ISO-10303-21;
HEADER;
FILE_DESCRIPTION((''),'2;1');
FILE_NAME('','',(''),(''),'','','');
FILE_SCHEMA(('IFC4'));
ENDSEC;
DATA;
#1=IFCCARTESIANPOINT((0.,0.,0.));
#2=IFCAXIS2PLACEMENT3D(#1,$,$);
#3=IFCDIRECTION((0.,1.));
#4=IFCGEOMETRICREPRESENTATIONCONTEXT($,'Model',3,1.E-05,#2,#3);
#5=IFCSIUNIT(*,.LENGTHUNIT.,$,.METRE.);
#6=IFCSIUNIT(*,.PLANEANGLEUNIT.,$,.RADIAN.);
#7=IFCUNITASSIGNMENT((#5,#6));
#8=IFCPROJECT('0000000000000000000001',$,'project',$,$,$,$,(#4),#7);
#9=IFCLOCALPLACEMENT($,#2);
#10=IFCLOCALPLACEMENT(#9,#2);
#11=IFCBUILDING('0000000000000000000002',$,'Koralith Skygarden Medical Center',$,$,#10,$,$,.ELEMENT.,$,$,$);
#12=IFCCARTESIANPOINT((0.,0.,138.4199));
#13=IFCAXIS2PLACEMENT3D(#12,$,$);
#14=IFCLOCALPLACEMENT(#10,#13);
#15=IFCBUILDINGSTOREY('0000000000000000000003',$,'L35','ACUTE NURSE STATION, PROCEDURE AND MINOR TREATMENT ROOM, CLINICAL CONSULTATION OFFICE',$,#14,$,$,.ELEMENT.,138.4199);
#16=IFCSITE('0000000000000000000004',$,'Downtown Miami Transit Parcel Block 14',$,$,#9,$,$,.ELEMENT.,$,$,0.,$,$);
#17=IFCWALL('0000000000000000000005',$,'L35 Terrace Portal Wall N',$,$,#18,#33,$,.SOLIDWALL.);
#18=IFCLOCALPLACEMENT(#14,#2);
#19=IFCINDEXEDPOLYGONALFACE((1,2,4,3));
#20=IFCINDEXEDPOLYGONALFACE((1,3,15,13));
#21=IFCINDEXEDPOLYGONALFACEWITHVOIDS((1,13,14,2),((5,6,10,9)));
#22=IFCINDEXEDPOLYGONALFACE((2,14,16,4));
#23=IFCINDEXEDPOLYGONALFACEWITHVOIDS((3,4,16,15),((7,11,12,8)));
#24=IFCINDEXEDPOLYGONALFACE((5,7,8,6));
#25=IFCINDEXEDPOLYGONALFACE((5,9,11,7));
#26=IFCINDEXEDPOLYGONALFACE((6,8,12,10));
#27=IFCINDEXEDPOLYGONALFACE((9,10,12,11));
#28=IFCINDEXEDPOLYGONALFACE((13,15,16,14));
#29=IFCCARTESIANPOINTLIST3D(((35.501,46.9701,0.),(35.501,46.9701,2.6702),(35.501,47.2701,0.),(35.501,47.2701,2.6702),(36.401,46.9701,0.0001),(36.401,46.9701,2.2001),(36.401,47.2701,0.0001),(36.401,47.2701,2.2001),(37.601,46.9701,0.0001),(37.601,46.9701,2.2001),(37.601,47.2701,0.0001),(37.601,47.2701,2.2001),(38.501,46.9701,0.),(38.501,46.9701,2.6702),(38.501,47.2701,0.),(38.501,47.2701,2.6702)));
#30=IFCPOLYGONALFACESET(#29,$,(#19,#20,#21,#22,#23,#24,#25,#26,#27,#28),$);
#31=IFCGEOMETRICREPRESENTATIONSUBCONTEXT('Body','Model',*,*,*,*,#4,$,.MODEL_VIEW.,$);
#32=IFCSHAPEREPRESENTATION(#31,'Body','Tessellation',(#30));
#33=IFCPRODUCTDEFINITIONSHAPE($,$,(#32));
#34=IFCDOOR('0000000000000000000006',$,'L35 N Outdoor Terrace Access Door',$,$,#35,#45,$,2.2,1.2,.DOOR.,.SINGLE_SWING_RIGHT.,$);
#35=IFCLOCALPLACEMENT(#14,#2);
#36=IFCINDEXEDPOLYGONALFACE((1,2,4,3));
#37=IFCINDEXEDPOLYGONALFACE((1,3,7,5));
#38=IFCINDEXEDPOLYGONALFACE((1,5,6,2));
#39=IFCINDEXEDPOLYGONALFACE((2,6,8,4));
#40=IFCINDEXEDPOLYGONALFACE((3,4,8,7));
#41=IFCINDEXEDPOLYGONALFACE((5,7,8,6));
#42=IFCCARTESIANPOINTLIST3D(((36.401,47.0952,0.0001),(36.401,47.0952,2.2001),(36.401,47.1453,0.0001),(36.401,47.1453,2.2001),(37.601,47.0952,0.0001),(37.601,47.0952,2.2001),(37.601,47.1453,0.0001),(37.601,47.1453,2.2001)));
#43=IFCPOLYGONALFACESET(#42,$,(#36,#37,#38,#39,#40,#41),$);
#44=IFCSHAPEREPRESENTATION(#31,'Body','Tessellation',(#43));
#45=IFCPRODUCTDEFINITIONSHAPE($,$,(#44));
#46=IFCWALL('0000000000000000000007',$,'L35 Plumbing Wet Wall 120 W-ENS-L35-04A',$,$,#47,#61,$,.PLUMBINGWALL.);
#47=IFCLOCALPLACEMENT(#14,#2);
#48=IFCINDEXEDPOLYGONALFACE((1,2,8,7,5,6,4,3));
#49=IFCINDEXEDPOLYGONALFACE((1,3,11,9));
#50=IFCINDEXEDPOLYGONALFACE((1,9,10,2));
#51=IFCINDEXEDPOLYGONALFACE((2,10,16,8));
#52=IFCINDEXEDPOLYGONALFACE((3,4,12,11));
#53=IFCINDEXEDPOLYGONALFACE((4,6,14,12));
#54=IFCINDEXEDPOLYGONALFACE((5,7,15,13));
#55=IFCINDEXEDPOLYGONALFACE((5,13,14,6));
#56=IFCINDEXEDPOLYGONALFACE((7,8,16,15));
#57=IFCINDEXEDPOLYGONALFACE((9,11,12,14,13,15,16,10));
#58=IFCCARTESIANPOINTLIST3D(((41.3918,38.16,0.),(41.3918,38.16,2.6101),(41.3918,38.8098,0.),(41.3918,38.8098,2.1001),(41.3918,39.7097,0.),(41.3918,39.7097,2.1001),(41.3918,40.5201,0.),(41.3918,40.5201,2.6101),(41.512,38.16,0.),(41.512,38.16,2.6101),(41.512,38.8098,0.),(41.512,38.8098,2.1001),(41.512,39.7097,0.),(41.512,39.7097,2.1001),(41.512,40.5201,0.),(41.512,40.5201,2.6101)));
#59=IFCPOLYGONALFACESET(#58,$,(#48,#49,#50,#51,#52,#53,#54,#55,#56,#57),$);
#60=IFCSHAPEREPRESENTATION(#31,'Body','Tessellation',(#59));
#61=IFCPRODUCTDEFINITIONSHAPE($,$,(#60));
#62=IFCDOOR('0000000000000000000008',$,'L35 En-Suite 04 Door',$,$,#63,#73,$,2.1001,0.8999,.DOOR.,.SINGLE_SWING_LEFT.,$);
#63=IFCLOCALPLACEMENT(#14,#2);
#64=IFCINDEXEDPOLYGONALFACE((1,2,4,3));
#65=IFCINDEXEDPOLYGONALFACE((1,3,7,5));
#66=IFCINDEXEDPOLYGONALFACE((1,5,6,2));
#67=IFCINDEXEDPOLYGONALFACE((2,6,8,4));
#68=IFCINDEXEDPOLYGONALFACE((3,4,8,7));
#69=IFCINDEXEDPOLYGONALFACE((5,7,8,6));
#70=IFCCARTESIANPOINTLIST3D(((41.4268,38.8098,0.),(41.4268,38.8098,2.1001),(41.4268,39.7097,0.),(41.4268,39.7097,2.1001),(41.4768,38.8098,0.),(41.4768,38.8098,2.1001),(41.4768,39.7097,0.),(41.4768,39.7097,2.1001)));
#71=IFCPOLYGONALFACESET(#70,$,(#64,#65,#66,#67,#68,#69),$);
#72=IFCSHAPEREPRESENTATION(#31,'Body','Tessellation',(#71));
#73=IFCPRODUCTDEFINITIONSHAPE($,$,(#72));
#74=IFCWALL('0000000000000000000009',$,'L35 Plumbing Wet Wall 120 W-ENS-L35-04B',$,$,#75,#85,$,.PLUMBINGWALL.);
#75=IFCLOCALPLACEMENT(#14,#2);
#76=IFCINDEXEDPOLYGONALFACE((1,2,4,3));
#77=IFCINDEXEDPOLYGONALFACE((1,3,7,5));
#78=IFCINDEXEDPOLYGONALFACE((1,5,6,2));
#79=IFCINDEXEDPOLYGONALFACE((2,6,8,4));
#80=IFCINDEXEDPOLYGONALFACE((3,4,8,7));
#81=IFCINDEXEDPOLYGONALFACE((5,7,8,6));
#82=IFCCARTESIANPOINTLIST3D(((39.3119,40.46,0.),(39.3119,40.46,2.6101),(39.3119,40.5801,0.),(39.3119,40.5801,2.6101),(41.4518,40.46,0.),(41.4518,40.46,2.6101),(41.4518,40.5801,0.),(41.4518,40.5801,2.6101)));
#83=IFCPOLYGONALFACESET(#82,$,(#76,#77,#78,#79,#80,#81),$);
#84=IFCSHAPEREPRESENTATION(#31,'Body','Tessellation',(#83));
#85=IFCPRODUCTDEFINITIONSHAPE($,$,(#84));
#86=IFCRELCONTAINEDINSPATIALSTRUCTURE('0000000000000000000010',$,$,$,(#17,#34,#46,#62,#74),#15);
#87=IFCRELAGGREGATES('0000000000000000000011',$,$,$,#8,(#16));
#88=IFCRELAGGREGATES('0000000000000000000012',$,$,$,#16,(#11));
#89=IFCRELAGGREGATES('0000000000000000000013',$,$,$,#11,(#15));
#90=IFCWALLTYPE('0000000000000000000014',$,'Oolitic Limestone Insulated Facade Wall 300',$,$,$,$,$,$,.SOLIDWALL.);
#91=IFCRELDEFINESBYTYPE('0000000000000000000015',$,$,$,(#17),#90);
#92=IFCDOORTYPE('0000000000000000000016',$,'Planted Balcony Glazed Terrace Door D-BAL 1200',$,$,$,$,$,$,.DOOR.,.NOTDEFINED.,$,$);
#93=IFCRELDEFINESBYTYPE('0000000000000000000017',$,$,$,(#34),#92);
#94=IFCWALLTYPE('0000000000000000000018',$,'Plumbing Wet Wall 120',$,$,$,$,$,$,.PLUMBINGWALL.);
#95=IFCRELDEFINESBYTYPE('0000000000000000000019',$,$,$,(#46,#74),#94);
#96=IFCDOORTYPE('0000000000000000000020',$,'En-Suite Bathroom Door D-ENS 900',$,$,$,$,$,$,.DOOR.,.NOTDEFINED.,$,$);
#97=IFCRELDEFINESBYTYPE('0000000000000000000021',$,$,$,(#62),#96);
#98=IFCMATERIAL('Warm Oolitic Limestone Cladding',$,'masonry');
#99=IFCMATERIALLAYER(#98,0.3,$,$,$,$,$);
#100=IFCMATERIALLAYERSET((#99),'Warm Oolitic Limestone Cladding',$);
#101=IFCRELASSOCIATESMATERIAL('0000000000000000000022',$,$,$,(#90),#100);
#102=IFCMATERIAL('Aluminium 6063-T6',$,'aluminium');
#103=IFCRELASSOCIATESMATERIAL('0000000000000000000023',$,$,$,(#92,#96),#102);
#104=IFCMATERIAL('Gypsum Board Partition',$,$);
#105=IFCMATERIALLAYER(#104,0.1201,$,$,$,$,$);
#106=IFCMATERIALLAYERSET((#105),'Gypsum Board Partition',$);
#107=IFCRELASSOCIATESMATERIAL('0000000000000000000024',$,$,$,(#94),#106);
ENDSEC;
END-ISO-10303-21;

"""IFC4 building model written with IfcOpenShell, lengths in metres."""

from ifc_helpers import new_model, si_unit, direction, frame, frame_2d, origin, place, context, subcontext, project, spatial, rectangle, extrude, material, layer, layer_set, type_object, element, fill, save


model = new_model("IFC4")

# Units and contexts
model_context = context("Model", 3, precision=1e-05, world=origin(), true_north=direction((0.0, 1.0)))
body_context = subcontext(model_context, "Body", "Model", "MODEL_VIEW")
ifc_project = project(units=[si_unit("LENGTHUNIT", "METRE"), si_unit("PLANEANGLEUNIT", "RADIAN")], contexts=[model_context])

# Site, building, storey
site_placement = place(None, origin())
site = spatial("IfcSite", under=ifc_project, at=site_placement, Name="Downtown Miami Transit Parcel Block 14", CompositionType="ELEMENT", RefElevation=0.0)
building_placement = place(site_placement, origin())
building = spatial("IfcBuilding", under=site, at=building_placement, Name="Koralith Skygarden Medical Center", CompositionType="ELEMENT")
storey_placement = place(building_placement, frame((0.0, 0.0, 138.4199)))
storey = spatial("IfcBuildingStorey", under=building, at=storey_placement, Name="L35", Description="ACUTE NURSE STATION, PROCEDURE AND MINOR TREATMENT ROOM, CLINICAL CONSULTATION OFFICE", CompositionType="ELEMENT", Elevation=138.4199)

# Shared definitions
ifc_material_1 = material(Name="Aluminium 6063-T6", Category="aluminium")

# Shared definitions
ifc_material_2 = material(Name="Gypsum Board Partition")

# Shared definitions
ifc_material_3 = material(Name="Warm Oolitic Limestone Cladding", Category="masonry")

# Walls, openings, doors
ifc_layer_1 = layer(ifc_material_3, 0.3)
ifc_layer_set_1 = layer_set([ifc_layer_1], Name="Warm Oolitic Limestone Cladding")
wall_type_1 = type_object("IfcWallType", Name="Oolitic Limestone Insulated Facade Wall 300", PredefinedType="SOLIDWALL", material=ifc_layer_set_1)
wall_1_placement = place(storey_placement, frame((38.501, 47.1201, 0.0), z_axis=(0.0, 0.0, 1.0), x_axis=(-1.0, 0.0, 0.0)))
wall_1 = element("IfcWall", 1, at=wall_1_placement, inside=storey, type_object=wall_type_1, Name="L35 Terrace Portal Wall N", PredefinedType="SOLIDWALL", context=body_context, shape_type="SweptSolid", body=[
    extrude(rectangle(XDim=3.0, YDim=0.3, at=frame_2d((1.5, 0.0))), origin(), (0.0, 0.0, 1.0), 2.6702),
])
opening_1_placement = place(wall_1_placement, frame((0.8999, 0.0, 0.0)))
opening_1 = element("IfcOpeningElement", 2, at=opening_1_placement, cuts=wall_1, PredefinedType="OPENING", context=body_context, shape_type="SweptSolid", body=[
    extrude(rectangle(XDim=1.2, YDim=2.2, at=frame_2d((0.6001, 1.1001))), frame((0.0, 0.1599, 0.0), z_axis=(0.0, -1.0, 0.0), x_axis=(1.0, 0.0, 0.0)), (0.0, 0.0, 1.0), 0.3201),
])
door_type_1 = type_object("IfcDoorType", Name="Planted Balcony Glazed Terrace Door D-BAL 1200", OperationType="NOTDEFINED", PredefinedType="DOOR", material=ifc_material_1)
door_1_placement = place(opening_1_placement, origin())
door_1 = element("IfcDoor", 3, at=door_1_placement, inside=storey, type_object=door_type_1, Name="L35 N Outdoor Terrace Access Door", OperationType="SINGLE_SWING_RIGHT", OverallHeight=2.2, OverallWidth=1.2, PredefinedType="DOOR", context=body_context, shape_type="SweptSolid", body=[
    extrude(rectangle(XDim=1.2, YDim=2.2, at=frame_2d((0.6001, 1.1001))), frame((0.0, 0.0249, 0.0), z_axis=(0.0, -1.0, 0.0), x_axis=(1.0, 0.0, 0.0)), (0.0, 0.0, 1.0), 0.05),
])
fill(opening_1, door_1)
ifc_layer_2 = layer(ifc_material_2, 0.1201)
ifc_layer_set_2 = layer_set([ifc_layer_2], Name="Gypsum Board Partition")
wall_type_2 = type_object("IfcWallType", Name="Plumbing Wet Wall 120", PredefinedType="PLUMBINGWALL", material=ifc_layer_set_2)
wall_2_placement = place(storey_placement, frame((41.4519, 38.1599, 0.0), z_axis=(0.0, 0.0, 1.0), x_axis=(0.0, 1.0, 0.0)))
wall_2 = element("IfcWall", 4, at=wall_2_placement, inside=storey, type_object=wall_type_2, Name="L35 Plumbing Wet Wall 120 W-ENS-L35-04A", PredefinedType="PLUMBINGWALL", context=body_context, shape_type="SweptSolid", body=[
    extrude(rectangle(XDim=2.3601, YDim=0.1201, at=frame_2d((1.1802, 0.0))), origin(), (0.0, 0.0, 1.0), 2.6101),
])
opening_2_placement = place(wall_2_placement, frame((0.6499, 0.0, 0.0)))
opening_2 = element("IfcOpeningElement", 5, at=opening_2_placement, cuts=wall_2, PredefinedType="OPENING", context=body_context, shape_type="SweptSolid", body=[
    extrude(rectangle(XDim=0.8999, YDim=2.1001, at=frame_2d((0.45, 1.05))), frame((0.0, 0.0701, 0.0), z_axis=(0.0, -1.0, 0.0), x_axis=(1.0, 0.0, 0.0)), (0.0, 0.0, 1.0), 0.1401),
])
door_type_2 = type_object("IfcDoorType", Name="En-Suite Bathroom Door D-ENS 900", OperationType="NOTDEFINED", PredefinedType="DOOR", material=ifc_material_1)
door_2_placement = place(opening_2_placement, frame((0.8999, 0.0, 0.0), z_axis=(0.0, 0.0, 1.0), x_axis=(-1.0, 0.0, 0.0)))
door_2 = element("IfcDoor", 6, at=door_2_placement, inside=storey, type_object=door_type_2, Name="L35 En-Suite 04 Door", OperationType="SINGLE_SWING_LEFT", OverallHeight=2.1001, OverallWidth=0.8999, PredefinedType="DOOR", context=body_context, shape_type="SweptSolid", body=[
    extrude(rectangle(XDim=0.8999, YDim=2.1001, at=frame_2d((0.45, 1.05))), frame((0.0, 0.0249, 0.0), z_axis=(0.0, -1.0, 0.0), x_axis=(1.0, 0.0, 0.0)), (0.0, 0.0, 1.0), 0.05),
])
fill(opening_2, door_2)

# Wall
wall_3_placement = place(storey_placement, frame((39.312, 40.52, 0.0), z_axis=(0.0, 0.0, 1.0), x_axis=(1.0, 0.0, 0.0)))
element("IfcWall", 7, at=wall_3_placement, inside=storey, type_object=wall_type_2, Name="L35 Plumbing Wet Wall 120 W-ENS-L35-04B", PredefinedType="PLUMBINGWALL", context=body_context, shape_type="SweptSolid", body=[
    extrude(rectangle(XDim=2.1399, YDim=0.1201, at=frame_2d((1.0698, 0.0))), origin(), (0.0, 0.0, 1.0), 2.6101),
])

save(model, "model.ifc")
